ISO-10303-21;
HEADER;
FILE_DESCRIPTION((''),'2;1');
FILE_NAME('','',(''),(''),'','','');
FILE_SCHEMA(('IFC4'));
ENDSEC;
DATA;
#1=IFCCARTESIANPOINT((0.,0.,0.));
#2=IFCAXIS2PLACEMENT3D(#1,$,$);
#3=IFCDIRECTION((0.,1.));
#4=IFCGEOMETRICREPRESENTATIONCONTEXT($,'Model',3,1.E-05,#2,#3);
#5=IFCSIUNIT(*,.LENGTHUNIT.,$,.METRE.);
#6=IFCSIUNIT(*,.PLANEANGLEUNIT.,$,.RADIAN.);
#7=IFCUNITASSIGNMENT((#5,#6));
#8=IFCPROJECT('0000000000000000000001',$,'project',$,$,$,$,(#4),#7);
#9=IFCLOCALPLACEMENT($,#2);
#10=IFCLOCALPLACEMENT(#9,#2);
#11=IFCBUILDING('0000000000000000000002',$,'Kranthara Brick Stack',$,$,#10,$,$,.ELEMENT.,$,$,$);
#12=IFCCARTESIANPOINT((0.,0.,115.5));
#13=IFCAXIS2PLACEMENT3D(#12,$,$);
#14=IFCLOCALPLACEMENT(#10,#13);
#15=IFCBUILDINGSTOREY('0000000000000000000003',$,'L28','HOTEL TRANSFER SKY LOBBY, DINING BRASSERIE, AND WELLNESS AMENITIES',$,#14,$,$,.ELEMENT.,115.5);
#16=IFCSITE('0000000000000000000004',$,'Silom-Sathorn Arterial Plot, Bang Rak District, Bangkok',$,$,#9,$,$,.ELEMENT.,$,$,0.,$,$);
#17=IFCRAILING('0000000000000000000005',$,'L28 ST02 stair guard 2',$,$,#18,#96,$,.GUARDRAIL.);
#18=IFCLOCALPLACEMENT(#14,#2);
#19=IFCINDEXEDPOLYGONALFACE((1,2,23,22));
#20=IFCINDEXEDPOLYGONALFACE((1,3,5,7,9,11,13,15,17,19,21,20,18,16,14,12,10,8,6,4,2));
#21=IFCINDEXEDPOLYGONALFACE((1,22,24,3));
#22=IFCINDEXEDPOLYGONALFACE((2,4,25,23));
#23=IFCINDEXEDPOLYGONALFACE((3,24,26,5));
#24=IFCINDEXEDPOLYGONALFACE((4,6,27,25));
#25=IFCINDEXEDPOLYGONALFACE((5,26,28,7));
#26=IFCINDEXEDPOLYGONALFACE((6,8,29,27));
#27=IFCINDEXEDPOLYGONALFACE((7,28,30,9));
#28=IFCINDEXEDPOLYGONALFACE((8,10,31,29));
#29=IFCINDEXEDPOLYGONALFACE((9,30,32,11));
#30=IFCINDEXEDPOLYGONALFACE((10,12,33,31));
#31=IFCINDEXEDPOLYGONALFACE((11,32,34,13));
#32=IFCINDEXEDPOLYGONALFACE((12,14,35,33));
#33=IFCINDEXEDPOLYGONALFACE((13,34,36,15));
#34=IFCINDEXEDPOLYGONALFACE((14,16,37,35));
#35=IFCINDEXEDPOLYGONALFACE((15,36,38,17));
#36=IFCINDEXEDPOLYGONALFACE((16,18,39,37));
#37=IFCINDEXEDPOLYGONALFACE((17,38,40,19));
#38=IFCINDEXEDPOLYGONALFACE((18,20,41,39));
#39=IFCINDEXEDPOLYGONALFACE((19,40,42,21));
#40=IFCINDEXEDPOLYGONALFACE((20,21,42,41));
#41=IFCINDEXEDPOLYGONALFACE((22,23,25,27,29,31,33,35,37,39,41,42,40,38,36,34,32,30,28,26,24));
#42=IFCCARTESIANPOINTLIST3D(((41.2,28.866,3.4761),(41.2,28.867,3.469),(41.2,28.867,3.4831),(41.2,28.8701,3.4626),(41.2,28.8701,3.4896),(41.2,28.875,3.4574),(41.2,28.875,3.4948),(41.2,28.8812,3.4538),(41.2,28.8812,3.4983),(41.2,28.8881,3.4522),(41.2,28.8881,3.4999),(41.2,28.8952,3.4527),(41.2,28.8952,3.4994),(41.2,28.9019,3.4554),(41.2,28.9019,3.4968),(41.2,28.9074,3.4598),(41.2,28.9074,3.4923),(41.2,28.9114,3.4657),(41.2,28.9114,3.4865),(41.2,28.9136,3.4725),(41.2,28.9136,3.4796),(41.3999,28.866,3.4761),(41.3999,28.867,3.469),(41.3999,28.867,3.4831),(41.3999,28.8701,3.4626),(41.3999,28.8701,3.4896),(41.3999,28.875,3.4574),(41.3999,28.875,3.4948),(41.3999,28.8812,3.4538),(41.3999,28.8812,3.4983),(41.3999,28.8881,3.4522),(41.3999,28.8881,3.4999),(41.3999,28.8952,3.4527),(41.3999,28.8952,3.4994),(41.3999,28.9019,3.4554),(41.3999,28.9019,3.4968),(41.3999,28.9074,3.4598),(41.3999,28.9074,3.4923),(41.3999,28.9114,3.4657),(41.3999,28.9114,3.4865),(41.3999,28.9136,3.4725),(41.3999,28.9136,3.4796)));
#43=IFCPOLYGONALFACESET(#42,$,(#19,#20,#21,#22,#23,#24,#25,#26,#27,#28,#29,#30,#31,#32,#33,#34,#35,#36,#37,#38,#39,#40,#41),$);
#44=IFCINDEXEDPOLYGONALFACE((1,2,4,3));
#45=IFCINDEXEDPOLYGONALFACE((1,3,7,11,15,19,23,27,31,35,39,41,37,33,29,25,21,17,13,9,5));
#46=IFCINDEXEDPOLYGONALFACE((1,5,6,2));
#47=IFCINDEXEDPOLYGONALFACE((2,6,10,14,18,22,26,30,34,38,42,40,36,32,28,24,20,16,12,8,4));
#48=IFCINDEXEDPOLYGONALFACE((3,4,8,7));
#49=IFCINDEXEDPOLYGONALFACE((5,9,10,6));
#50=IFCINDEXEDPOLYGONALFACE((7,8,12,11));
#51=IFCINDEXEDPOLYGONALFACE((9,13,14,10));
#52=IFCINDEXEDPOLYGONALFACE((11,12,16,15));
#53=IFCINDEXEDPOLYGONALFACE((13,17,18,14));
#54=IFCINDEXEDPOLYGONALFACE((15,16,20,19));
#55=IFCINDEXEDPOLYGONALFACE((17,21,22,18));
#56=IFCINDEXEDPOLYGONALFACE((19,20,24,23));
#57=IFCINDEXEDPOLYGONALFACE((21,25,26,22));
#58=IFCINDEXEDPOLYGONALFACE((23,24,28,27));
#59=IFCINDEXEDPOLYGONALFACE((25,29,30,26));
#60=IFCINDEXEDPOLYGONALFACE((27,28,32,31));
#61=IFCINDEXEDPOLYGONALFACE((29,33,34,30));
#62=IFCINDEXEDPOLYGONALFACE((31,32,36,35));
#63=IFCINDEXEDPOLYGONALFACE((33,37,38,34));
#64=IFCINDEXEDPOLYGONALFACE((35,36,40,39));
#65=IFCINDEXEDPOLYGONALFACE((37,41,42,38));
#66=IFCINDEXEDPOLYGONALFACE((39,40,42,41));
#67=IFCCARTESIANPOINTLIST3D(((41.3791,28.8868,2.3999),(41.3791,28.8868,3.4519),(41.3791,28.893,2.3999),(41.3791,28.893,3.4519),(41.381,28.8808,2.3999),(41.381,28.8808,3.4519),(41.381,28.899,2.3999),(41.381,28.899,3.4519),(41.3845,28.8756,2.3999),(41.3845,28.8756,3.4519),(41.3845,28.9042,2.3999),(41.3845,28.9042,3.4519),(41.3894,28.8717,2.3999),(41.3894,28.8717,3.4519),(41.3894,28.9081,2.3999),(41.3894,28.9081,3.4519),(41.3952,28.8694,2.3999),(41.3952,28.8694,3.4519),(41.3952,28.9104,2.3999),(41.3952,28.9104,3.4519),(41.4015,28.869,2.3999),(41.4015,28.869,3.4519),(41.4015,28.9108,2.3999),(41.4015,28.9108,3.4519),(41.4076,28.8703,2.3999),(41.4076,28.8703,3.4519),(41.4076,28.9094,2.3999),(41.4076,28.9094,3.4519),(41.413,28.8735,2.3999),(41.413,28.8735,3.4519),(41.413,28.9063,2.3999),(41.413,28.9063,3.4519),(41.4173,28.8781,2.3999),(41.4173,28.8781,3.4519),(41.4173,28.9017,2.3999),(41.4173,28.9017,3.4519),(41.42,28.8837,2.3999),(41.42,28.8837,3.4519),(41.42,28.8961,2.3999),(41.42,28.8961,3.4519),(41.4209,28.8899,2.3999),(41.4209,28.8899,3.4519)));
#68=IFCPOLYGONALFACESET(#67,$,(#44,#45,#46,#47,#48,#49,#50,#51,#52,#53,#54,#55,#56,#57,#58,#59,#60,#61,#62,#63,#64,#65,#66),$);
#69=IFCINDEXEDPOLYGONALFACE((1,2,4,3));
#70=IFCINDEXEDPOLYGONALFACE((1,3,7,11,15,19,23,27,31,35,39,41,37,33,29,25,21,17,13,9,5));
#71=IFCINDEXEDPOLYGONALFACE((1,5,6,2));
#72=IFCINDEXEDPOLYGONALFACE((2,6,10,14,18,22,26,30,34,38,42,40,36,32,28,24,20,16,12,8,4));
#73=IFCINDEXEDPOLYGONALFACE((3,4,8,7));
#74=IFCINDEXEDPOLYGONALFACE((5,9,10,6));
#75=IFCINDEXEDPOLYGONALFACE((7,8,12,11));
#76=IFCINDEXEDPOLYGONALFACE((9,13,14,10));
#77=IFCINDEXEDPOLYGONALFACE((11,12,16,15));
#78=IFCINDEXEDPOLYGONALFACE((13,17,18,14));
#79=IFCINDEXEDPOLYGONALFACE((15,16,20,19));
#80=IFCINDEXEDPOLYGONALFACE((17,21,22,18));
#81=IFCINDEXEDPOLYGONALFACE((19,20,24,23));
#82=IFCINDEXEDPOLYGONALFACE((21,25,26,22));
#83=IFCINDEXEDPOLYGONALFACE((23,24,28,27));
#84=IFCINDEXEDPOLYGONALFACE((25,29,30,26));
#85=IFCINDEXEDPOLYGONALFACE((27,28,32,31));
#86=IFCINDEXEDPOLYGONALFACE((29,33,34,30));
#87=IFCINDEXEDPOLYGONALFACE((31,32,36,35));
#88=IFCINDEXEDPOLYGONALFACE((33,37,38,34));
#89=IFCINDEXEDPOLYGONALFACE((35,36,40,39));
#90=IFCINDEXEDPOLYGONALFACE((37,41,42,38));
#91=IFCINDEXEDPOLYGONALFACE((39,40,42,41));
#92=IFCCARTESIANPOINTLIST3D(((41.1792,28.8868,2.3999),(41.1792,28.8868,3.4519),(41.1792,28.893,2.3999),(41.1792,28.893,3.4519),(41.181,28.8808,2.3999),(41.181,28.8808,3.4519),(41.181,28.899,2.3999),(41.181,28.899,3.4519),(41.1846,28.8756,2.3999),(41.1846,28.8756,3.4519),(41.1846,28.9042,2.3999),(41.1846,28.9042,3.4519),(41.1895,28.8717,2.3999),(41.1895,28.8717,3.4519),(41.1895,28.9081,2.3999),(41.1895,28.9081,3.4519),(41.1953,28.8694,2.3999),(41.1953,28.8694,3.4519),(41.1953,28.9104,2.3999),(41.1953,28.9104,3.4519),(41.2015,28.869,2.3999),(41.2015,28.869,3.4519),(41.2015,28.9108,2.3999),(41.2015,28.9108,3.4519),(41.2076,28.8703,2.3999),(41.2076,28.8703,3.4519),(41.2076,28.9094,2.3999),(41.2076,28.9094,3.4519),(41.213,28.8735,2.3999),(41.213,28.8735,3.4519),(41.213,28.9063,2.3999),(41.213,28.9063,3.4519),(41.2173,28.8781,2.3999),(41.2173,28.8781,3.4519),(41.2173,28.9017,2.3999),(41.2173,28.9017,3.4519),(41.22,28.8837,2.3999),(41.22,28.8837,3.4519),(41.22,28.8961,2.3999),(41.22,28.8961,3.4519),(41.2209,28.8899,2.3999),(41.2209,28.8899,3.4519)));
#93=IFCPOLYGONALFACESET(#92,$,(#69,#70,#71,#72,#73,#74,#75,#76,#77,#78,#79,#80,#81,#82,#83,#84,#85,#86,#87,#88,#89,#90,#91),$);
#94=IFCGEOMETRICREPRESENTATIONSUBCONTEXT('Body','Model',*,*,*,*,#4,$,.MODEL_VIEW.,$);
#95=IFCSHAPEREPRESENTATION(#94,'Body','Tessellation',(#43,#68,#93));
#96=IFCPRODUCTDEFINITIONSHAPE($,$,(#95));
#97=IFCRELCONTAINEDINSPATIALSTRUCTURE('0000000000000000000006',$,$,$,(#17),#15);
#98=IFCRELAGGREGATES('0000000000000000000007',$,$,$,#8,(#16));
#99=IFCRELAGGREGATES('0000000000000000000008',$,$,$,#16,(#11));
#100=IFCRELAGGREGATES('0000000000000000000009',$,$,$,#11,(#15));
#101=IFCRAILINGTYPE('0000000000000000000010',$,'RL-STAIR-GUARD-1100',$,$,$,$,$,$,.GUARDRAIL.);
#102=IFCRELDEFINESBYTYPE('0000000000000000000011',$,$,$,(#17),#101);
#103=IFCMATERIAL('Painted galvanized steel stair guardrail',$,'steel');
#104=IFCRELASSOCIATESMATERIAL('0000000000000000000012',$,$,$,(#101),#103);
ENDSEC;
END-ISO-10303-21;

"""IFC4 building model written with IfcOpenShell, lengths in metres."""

from ifc_helpers import new_model, si_unit, direction, frame, origin, origin_2d, place, context, subcontext, project, spatial, circle, extrude, material, type_object, element, save


model = new_model("IFC4")

# Units and contexts
model_context = context("Model", 3, precision=1e-05, world=origin(), true_north=direction((0.0, 1.0)))
body_context = subcontext(model_context, "Body", "Model", "MODEL_VIEW")
ifc_project = project(units=[si_unit("LENGTHUNIT", "METRE"), si_unit("PLANEANGLEUNIT", "RADIAN")], contexts=[model_context])

# Site, building, storey
site_placement = place(None, origin())
site = spatial("IfcSite", under=ifc_project, at=site_placement, Name="Silom-Sathorn Arterial Plot, Bang Rak District, Bangkok", CompositionType="ELEMENT", RefElevation=0.0)
building_placement = place(site_placement, origin())
building = spatial("IfcBuilding", under=site, at=building_placement, Name="Kranthara Brick Stack", CompositionType="ELEMENT")
storey_placement = place(building_placement, frame((0.0, 0.0, 115.5)))
storey = spatial("IfcBuildingStorey", under=building, at=storey_placement, Name="L28", Description="HOTEL TRANSFER SKY LOBBY, DINING BRASSERIE, AND WELLNESS AMENITIES", CompositionType="ELEMENT", Elevation=115.5)

# Railing
ifc_material_1 = material(Name="Painted galvanized steel stair guardrail", Category="steel")
railing_type_1 = type_object("IfcRailingType", Name="RL-STAIR-GUARD-1100", PredefinedType="GUARDRAIL", material=ifc_material_1)
railing_1_placement = place(storey_placement, frame((41.3999, 28.8899, 2.3999)))
element("IfcRailing", 1, at=railing_1_placement, inside=storey, type_object=railing_type_1, Name="L28 ST02 stair guard 2", PredefinedType="GUARDRAIL", context=body_context, shape_type="SweptSolid", body=[
    extrude(circle(Radius=0.0239, at=origin_2d()), frame((0.0, 0.0, 1.0762), z_axis=(-1.0, 0.0, 0.0), x_axis=(0.0, -1.0, 0.0)), (0.0, 0.0, 1.0), 0.2),
    extrude(circle(Radius=0.021, at=origin_2d()), origin(), (0.0, 0.0, 1.0), 1.052),
    extrude(circle(Radius=0.021, at=origin_2d()), frame((-0.2, 0.0, 0.0)), (0.0, 0.0, 1.0), 1.052),
])

save(model, "model.ifc")
